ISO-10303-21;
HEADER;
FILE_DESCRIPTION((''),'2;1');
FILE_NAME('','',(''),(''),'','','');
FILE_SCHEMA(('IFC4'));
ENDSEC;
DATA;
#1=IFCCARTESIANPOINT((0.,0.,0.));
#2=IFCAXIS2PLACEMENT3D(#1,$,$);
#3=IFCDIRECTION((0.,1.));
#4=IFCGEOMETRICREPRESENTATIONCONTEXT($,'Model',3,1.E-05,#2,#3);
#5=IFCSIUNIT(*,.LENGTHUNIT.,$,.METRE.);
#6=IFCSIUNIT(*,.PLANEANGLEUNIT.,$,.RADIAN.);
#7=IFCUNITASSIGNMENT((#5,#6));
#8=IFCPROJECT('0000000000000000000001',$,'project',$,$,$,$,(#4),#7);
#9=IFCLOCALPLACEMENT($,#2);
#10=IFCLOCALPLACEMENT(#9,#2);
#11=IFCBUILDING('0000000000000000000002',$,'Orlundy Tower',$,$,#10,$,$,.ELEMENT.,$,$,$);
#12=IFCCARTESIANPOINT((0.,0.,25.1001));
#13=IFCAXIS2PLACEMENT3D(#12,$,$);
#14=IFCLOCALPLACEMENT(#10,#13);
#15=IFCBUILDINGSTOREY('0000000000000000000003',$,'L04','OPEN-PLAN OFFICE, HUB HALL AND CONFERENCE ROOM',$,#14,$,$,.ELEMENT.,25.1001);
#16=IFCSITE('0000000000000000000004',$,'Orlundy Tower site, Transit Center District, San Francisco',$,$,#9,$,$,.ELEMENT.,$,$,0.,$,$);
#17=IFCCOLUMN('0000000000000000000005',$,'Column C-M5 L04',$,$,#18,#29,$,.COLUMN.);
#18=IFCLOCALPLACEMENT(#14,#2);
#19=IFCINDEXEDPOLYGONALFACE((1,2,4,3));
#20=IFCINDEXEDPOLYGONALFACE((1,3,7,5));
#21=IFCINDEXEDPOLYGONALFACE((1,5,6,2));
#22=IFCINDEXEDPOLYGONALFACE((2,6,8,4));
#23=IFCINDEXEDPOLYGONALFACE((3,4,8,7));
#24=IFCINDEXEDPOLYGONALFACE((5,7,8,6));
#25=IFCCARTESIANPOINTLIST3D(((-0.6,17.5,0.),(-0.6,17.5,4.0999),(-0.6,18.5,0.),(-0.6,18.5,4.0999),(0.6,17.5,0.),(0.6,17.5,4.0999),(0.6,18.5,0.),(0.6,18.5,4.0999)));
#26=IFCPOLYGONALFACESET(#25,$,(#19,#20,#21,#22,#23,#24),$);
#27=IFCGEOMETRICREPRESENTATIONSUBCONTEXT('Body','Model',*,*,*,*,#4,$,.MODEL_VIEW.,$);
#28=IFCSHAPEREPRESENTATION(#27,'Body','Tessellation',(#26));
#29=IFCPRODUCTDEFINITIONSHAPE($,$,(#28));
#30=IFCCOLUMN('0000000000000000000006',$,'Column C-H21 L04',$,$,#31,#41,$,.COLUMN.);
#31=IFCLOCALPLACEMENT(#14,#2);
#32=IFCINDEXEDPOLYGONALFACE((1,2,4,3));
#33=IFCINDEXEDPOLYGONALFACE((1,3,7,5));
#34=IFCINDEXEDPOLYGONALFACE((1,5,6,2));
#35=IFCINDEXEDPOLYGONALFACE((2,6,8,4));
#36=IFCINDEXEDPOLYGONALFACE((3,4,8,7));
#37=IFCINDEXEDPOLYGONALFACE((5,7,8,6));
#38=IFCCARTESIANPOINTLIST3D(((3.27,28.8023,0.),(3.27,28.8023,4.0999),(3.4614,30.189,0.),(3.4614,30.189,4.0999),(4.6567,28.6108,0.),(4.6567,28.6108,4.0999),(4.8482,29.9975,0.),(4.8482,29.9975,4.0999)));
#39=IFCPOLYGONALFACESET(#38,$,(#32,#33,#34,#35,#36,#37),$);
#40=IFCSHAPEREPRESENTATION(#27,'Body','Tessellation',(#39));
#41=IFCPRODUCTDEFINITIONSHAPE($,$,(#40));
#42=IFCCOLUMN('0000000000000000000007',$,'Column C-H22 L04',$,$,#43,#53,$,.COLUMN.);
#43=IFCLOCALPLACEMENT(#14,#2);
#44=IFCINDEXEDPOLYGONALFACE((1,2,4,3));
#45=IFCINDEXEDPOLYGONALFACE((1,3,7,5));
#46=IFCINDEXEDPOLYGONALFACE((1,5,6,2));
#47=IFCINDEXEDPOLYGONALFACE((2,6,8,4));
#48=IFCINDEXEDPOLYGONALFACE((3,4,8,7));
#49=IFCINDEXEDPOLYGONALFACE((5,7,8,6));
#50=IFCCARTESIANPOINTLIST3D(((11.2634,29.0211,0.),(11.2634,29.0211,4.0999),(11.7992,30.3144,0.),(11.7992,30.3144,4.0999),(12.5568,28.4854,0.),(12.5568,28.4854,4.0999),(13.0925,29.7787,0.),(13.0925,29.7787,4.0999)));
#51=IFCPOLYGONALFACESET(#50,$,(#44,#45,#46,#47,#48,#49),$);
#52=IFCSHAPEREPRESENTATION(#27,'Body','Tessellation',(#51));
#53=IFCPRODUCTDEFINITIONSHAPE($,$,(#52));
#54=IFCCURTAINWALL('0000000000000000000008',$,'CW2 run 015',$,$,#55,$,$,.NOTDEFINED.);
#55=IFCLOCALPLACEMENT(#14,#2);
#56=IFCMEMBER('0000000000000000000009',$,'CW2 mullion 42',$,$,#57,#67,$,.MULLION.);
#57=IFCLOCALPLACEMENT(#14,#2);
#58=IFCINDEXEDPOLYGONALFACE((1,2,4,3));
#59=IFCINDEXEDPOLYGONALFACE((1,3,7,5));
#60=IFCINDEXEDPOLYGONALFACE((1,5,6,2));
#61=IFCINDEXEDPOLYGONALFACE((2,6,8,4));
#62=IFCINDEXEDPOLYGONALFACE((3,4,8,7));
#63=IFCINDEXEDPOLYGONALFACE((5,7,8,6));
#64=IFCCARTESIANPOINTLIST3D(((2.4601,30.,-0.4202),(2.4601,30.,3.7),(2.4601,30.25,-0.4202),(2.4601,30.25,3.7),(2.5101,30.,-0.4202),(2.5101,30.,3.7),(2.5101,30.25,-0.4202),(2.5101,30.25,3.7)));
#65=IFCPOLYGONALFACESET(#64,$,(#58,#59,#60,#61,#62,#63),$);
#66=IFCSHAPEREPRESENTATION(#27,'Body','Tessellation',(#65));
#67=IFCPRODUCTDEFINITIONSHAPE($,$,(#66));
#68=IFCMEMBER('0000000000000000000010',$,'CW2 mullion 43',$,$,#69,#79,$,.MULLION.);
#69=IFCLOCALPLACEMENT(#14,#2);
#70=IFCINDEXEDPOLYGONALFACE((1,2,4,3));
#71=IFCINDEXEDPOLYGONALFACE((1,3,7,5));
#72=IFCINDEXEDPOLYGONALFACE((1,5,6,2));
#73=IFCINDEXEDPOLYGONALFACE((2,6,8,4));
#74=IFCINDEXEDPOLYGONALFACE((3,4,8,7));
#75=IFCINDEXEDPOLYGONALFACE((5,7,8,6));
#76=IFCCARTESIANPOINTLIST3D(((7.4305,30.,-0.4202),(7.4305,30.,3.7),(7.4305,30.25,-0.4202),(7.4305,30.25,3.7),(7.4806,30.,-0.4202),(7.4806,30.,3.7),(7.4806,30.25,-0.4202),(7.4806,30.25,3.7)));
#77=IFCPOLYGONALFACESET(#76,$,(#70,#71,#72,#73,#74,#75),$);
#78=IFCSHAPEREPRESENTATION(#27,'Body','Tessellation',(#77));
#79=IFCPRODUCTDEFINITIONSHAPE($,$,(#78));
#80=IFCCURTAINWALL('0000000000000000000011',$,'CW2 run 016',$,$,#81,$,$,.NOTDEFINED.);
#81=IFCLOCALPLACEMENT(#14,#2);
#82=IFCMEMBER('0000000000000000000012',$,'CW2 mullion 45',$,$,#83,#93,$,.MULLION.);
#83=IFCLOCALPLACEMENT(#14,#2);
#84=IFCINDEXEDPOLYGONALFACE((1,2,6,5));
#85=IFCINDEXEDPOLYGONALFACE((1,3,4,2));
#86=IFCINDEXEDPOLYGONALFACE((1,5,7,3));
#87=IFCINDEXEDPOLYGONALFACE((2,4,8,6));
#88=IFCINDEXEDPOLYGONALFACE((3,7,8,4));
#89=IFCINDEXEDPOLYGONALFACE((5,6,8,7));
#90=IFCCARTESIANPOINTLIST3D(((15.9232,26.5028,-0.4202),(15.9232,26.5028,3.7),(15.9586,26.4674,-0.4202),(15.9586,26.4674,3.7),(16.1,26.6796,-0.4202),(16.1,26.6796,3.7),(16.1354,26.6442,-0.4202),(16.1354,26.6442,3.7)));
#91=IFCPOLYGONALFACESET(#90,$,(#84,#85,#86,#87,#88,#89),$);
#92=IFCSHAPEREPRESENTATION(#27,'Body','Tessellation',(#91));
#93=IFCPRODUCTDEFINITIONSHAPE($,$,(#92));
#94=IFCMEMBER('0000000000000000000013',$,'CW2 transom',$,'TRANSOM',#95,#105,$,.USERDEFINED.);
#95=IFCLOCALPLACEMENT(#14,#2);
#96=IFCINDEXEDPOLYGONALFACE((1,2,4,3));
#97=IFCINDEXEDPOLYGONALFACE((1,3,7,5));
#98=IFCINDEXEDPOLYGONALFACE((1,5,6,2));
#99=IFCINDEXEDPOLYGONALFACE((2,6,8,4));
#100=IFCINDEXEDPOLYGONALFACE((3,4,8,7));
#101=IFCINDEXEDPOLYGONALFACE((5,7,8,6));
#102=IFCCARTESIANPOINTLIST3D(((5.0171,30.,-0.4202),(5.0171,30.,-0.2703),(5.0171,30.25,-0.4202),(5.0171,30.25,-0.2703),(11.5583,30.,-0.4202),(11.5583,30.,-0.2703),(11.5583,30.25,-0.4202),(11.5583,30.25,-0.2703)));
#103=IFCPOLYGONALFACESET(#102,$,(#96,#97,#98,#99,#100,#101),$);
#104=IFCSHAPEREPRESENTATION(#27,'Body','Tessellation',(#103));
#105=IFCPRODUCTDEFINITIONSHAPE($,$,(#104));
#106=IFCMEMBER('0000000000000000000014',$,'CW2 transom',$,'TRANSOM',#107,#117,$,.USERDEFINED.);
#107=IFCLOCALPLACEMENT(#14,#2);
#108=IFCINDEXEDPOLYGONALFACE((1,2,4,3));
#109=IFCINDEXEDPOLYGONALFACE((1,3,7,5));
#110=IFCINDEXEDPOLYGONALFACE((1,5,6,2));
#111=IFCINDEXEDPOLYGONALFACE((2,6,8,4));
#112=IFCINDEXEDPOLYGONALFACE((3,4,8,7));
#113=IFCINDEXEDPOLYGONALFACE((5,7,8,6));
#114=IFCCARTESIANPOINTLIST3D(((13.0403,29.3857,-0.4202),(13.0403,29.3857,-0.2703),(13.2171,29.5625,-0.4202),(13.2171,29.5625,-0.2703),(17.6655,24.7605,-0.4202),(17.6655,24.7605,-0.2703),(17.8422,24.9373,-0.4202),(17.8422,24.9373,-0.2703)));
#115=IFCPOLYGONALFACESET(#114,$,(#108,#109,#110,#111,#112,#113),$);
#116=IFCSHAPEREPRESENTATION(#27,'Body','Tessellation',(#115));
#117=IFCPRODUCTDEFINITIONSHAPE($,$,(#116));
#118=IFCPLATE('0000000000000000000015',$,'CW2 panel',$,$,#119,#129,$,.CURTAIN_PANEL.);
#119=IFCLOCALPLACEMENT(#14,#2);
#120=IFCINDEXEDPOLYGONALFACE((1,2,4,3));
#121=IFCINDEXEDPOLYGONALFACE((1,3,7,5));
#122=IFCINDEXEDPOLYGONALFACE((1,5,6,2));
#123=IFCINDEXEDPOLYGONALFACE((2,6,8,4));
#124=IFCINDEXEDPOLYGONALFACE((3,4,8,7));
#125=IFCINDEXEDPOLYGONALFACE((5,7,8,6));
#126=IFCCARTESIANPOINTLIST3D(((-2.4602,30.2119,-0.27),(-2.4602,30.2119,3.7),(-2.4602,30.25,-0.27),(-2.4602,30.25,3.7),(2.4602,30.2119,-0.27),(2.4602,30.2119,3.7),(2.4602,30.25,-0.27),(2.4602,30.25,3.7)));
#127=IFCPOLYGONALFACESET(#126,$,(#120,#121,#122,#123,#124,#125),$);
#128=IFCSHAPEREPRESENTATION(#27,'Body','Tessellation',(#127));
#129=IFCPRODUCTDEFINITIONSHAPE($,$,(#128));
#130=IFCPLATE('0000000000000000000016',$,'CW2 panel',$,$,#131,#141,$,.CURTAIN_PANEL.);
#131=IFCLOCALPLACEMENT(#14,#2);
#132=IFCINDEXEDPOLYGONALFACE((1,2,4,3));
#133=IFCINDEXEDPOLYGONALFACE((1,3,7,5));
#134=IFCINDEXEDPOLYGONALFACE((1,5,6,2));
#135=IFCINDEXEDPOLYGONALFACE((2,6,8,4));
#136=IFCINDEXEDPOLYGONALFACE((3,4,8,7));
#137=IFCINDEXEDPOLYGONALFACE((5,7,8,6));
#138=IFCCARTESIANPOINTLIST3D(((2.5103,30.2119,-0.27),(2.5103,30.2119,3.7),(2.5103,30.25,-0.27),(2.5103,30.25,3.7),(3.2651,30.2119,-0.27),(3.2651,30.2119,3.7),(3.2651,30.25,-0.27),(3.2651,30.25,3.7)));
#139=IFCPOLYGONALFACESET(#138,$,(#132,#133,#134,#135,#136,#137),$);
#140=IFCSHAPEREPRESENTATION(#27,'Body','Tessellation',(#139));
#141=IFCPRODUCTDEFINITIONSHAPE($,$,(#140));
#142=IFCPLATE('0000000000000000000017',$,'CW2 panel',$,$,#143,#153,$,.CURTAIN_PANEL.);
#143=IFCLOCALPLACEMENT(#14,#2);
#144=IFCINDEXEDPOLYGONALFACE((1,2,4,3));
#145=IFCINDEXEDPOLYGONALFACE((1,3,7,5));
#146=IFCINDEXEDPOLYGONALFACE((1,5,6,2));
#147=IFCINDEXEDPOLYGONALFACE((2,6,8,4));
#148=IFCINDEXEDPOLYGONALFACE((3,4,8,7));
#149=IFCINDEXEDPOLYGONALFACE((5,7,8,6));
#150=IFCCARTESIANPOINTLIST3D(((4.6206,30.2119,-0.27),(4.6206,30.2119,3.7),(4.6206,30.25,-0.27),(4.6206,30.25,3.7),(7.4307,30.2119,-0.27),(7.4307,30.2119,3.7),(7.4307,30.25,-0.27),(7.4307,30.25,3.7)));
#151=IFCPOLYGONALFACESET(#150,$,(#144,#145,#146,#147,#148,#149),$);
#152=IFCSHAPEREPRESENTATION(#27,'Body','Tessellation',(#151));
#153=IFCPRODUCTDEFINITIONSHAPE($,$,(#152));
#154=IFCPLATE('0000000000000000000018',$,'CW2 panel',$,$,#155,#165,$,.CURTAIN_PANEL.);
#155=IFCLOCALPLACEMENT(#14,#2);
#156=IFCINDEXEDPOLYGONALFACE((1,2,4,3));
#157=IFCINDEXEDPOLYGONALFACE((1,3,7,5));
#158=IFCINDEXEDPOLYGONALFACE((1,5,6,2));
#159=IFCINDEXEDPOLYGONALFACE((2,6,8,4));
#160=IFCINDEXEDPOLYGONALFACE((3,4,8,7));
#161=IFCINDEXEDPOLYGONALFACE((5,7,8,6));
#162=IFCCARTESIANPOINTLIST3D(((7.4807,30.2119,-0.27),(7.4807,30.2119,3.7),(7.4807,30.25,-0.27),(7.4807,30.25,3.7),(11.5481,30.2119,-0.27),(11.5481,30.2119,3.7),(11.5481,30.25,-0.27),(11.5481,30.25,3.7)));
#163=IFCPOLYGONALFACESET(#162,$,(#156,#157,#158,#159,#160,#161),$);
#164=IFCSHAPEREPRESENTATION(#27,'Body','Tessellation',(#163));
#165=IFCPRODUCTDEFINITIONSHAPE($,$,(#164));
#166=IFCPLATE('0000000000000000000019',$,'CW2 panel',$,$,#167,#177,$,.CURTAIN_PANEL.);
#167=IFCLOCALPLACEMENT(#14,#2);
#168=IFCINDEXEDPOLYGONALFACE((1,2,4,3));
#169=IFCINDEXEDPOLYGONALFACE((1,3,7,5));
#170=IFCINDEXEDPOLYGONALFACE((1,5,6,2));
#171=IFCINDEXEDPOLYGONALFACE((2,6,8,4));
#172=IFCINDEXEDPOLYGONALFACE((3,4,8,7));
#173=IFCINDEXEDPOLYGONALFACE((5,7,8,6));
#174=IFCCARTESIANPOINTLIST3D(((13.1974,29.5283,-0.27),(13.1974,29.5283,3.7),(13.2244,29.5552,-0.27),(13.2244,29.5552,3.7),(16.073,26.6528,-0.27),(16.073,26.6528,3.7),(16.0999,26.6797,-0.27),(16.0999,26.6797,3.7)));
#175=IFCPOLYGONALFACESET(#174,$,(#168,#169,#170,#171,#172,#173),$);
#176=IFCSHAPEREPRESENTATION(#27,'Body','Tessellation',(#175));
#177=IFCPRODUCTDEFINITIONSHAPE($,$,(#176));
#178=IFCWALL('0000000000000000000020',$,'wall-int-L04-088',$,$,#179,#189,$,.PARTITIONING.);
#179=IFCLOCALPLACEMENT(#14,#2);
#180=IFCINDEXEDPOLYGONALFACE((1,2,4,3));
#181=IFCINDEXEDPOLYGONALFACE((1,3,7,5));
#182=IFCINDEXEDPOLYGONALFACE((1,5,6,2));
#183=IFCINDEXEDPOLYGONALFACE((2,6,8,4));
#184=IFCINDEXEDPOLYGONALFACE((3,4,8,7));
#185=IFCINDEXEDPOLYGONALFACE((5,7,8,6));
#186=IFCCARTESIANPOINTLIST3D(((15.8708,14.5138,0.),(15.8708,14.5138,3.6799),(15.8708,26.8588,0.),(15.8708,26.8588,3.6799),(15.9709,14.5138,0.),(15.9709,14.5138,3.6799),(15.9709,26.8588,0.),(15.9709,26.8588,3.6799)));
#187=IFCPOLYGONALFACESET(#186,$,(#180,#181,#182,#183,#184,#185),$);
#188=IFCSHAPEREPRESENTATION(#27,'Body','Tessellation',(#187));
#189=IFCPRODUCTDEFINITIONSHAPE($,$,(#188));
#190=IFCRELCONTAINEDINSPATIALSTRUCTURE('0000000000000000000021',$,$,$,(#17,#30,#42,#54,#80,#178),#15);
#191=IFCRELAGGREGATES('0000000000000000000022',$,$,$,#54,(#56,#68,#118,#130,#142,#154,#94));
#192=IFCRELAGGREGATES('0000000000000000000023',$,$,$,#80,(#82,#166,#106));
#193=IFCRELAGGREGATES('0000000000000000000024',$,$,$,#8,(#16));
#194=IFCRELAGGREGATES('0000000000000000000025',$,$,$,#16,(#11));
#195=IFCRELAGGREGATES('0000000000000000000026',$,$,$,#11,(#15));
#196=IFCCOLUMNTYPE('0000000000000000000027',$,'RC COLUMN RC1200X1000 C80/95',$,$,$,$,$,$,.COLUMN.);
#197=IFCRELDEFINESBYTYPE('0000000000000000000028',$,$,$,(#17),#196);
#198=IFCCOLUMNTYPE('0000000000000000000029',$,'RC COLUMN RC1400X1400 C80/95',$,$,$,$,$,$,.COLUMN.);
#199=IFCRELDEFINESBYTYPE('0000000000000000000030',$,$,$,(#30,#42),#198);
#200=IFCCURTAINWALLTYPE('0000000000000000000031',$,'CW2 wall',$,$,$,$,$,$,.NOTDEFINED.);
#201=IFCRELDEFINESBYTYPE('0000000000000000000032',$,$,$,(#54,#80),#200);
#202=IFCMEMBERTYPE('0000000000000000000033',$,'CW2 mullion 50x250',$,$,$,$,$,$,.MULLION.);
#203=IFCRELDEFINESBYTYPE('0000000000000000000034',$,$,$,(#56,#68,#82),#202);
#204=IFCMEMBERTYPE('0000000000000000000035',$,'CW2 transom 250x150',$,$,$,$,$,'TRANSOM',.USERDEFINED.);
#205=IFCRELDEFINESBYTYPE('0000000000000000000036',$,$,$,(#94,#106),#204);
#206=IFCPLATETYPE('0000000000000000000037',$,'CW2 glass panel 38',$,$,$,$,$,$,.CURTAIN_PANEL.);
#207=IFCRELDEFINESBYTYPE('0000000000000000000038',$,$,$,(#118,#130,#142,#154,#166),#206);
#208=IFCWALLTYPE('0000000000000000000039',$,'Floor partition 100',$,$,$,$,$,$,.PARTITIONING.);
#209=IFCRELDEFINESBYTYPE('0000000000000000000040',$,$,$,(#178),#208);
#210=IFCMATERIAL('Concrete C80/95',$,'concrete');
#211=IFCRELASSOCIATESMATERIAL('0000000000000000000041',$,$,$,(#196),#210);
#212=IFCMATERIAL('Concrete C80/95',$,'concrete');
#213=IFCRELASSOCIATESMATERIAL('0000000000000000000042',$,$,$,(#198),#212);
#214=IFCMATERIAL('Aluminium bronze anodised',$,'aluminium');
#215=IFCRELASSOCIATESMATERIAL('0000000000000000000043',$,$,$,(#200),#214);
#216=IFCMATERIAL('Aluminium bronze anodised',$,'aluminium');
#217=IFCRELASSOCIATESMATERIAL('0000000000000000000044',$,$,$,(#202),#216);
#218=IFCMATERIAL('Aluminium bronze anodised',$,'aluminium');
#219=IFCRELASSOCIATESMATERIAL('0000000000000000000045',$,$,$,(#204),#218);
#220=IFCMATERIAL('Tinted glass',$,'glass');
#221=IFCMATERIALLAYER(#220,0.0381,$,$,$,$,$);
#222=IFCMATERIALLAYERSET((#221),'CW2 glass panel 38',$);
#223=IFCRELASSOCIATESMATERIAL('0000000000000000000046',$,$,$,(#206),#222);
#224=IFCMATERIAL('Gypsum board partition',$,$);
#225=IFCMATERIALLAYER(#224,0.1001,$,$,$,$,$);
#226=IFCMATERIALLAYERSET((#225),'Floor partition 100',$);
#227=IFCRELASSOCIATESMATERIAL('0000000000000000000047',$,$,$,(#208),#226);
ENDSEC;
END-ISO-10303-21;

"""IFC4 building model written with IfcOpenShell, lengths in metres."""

from ifc_helpers import new_model, si_unit, direction, frame, frame_2d, origin, origin_2d, place, context, subcontext, project, spatial, rectangle, extrude, material, layer, layer_set, material_profile, profile_set, type_object, element, aggregate, save


model = new_model("IFC4")

# Units and contexts
model_context = context("Model", 3, precision=1e-05, world=origin(), true_north=direction((0.0, 1.0)))
body_context = subcontext(model_context, "Body", "Model", "MODEL_VIEW")
ifc_project = project(units=[si_unit("LENGTHUNIT", "METRE"), si_unit("PLANEANGLEUNIT", "RADIAN")], contexts=[model_context])

# Site, building, storey
site_placement = place(None, origin())
site = spatial("IfcSite", under=ifc_project, at=site_placement, Name="Orlundy Tower site, Transit Center District, San Francisco", CompositionType="ELEMENT", RefElevation=0.0)
building_placement = place(site_placement, origin())
building = spatial("IfcBuilding", under=site, at=building_placement, Name="Orlundy Tower", CompositionType="ELEMENT")
storey_placement = place(building_placement, frame((0.0, 0.0, 25.1001)))
storey = spatial("IfcBuildingStorey", under=building, at=storey_placement, Name="L04", Description="OPEN-PLAN OFFICE, HUB HALL AND CONFERENCE ROOM", CompositionType="ELEMENT", Elevation=25.1001)

# Columns
ifc_material_1 = material(Name="Concrete C80/95", Category="concrete")
ifc_material_profile_1 = material_profile(ifc_material_1, rectangle(XDim=1.2, YDim=1.0, at=origin_2d()), Name="RC1200X1000")
ifc_profile_set_1 = profile_set([ifc_material_profile_1], Name="Concrete C80/95")
column_type_1 = type_object("IfcColumnType", Name="RC COLUMN RC1200X1000 C80/95", PredefinedType="COLUMN", material=ifc_profile_set_1)
column_placement = place(storey_placement, frame((0.0, 18.0, 0.0), z_axis=(0.0, 0.0, 1.0), x_axis=(1.0, 0.0, 0.0)))
element("IfcColumn", 1, at=column_placement, inside=storey, type_object=column_type_1, Name="Column C-M5 L04", PredefinedType="COLUMN", context=body_context, shape_type="SweptSolid", body=[
    extrude(rectangle(XDim=1.2, YDim=1.0, at=origin_2d()), origin(), (0.0, 0.0, 1.0), 4.0999),
])
ifc_material_2 = material(Name="Concrete C80/95", Category="concrete")
ifc_material_profile_2 = material_profile(ifc_material_2, rectangle(XDim=1.3999, YDim=1.3999, at=origin_2d()), Name="RC1400X1400")
ifc_profile_set_2 = profile_set([ifc_material_profile_2], Name="Concrete C80/95")
column_type_2 = type_object("IfcColumnType", Name="RC COLUMN RC1400X1400 C80/95", PredefinedType="COLUMN", material=ifc_profile_set_2)
for number, where, z_axis, x_axis, name in (
    (2, (4.0591, 29.3999, 0.0), (0.0, 0.0, 1.0), (0.13677, 0.990603, 0.0), "Column C-H21 L04"),
    (3, (12.178, 29.3999, 0.0), (0.0, 0.0, 1.0), (0.382683, 0.92388, 0.0), "Column C-H22 L04"),
):
    element("IfcColumn", number, at=place(storey_placement, frame(where, z_axis=z_axis, x_axis=x_axis)), inside=storey, type_object=column_type_2, Name=name, PredefinedType="COLUMN", context=body_context, shape_type="SweptSolid", body=[
        extrude(rectangle(XDim=1.3999, YDim=1.3999, at=origin_2d()), origin(), (0.0, 0.0, 1.0), 4.0999),
    ])

# Curtain wall, members
ifc_material_3 = material(Name="Aluminium bronze anodised", Category="aluminium")
curtain_wall_type = type_object("IfcCurtainWallType", Name="CW2 wall", PredefinedType="NOTDEFINED", material=ifc_material_3)
curtain_wall_1_placement = place(storey_placement, origin())
curtain_wall_1 = element("IfcCurtainWall", 4, at=curtain_wall_1_placement, inside=storey, type_object=curtain_wall_type, Name="CW2 run 015", PredefinedType="NOTDEFINED")
ifc_material_4 = material(Name="Aluminium bronze anodised", Category="aluminium")
ifc_material_profile_3 = material_profile(ifc_material_4, rectangle(XDim=0.25, YDim=0.05, at=origin_2d()), Name="CW2 mullion 50x250")
ifc_profile_set_3 = profile_set([ifc_material_profile_3], Name="Aluminium bronze anodised")
member_type_1 = type_object("IfcMemberType", Name="CW2 mullion 50x250", PredefinedType="MULLION", material=ifc_profile_set_3)
member_1_placement = place(storey_placement, frame((2.4851, 30.125, -0.4202), z_axis=(0.0, 0.0, 1.0), x_axis=(0.0, 1.0, 0.0)))
member_1 = element("IfcMember", 5, at=member_1_placement, type_object=member_type_1, Name="CW2 mullion 42", PredefinedType="MULLION", context=body_context, shape_type="SweptSolid", body=[
    extrude(rectangle(XDim=0.25, YDim=0.05, at=origin_2d()), origin(), (0.0, 0.0, 1.0), 4.1201),
])
member_2_placement = place(storey_placement, frame((7.4556, 30.125, -0.4202), z_axis=(0.0, 0.0, 1.0), x_axis=(0.0, 1.0, 0.0)))
member_2 = element("IfcMember", 6, at=member_2_placement, type_object=member_type_1, Name="CW2 mullion 43", PredefinedType="MULLION", context=body_context, shape_type="SweptSolid", body=[
    extrude(rectangle(XDim=0.25, YDim=0.05, at=origin_2d()), origin(), (0.0, 0.0, 1.0), 4.1201),
])

# Curtain wall, member
curtain_wall_2_placement = place(storey_placement, origin())
curtain_wall_2 = element("IfcCurtainWall", 7, at=curtain_wall_2_placement, inside=storey, type_object=curtain_wall_type, Name="CW2 run 016", PredefinedType="NOTDEFINED")
member_3_placement = place(storey_placement, frame((16.0293, 26.5735, -0.4202), z_axis=(0.0, 0.0, 1.0), x_axis=(0.707107, 0.707107, 0.0)))
member_3 = element("IfcMember", 8, at=member_3_placement, type_object=member_type_1, Name="CW2 mullion 45", PredefinedType="MULLION", context=body_context, shape_type="SweptSolid", body=[
    extrude(rectangle(XDim=0.25, YDim=0.05, at=origin_2d()), origin(), (0.0, 0.0, 1.0), 4.1201),
])

# Members
ifc_material_5 = material(Name="Aluminium bronze anodised", Category="aluminium")
ifc_material_profile_4 = material_profile(ifc_material_5, rectangle(XDim=0.25, YDim=0.1499, at=origin_2d()), Name="CW2 transom 250x150")
ifc_profile_set_4 = profile_set([ifc_material_profile_4], Name="Aluminium bronze anodised")
member_type_2 = type_object("IfcMemberType", Name="CW2 transom 250x150", ElementType="TRANSOM", PredefinedType="USERDEFINED", material=ifc_profile_set_4)
member_4_placement = place(storey_placement, frame((5.0171, 30.125, -0.3452), z_axis=(1.0, 0.0, 0.0), x_axis=(0.0, 1.0, 0.0)))
member_4 = element("IfcMember", 9, at=member_4_placement, type_object=member_type_2, Name="CW2 transom", ObjectType="TRANSOM", PredefinedType="USERDEFINED", context=body_context, shape_type="SweptSolid", body=[
    extrude(rectangle(XDim=0.25, YDim=0.1499, at=origin_2d()), origin(), (0.0, 0.0, 1.0), 6.5413),
])
member_5_placement = place(storey_placement, frame((13.1287, 29.4741, -0.3452), z_axis=(0.707107, -0.707107, 0.0), x_axis=(0.707107, 0.707107, 0.0)))
member_5 = element("IfcMember", 10, at=member_5_placement, type_object=member_type_2, Name="CW2 transom", ObjectType="TRANSOM", PredefinedType="USERDEFINED", context=body_context, shape_type="SweptSolid", body=[
    extrude(rectangle(XDim=0.25, YDim=0.1499, at=origin_2d()), origin(), (0.0, 0.0, 1.0), 6.541),
])

# Plates
ifc_material_6 = material(Name="Tinted glass", Category="glass")
ifc_layer_1 = layer(ifc_material_6, 0.0381)
ifc_layer_set_1 = layer_set([ifc_layer_1], Name="CW2 glass panel 38")
plate_type = type_object("IfcPlateType", Name="CW2 glass panel 38", PredefinedType="CURTAIN_PANEL", material=ifc_layer_set_1)
plate_1_placement = place(storey_placement, frame((0.0, 30.231, -0.27), z_axis=(0.0, 0.0, 1.0), x_axis=(1.0, 0.0, 0.0)))
plate_1 = element("IfcPlate", 11, at=plate_1_placement, type_object=plate_type, Name="CW2 panel", PredefinedType="CURTAIN_PANEL", context=body_context, shape_type="SweptSolid", body=[
    extrude(rectangle(XDim=4.9204, YDim=0.0381, at=origin_2d()), origin(), (0.0, 0.0, 1.0), 3.97),
])
plate_2_placement = place(storey_placement, frame((2.8877, 30.231, -0.27), z_axis=(0.0, 0.0, 1.0), x_axis=(1.0, 0.0, 0.0)))
plate_2 = element("IfcPlate", 12, at=plate_2_placement, type_object=plate_type, Name="CW2 panel", PredefinedType="CURTAIN_PANEL", context=body_context, shape_type="SweptSolid", body=[
    extrude(rectangle(XDim=0.7549, YDim=0.0381, at=origin_2d()), origin(), (0.0, 0.0, 1.0), 3.97),
])
plate_3_placement = place(storey_placement, frame((6.0256, 30.231, -0.27), z_axis=(0.0, 0.0, 1.0), x_axis=(1.0, 0.0, 0.0)))
plate_3 = element("IfcPlate", 13, at=plate_3_placement, type_object=plate_type, Name="CW2 panel", PredefinedType="CURTAIN_PANEL", context=body_context, shape_type="SweptSolid", body=[
    extrude(rectangle(XDim=2.8101, YDim=0.0381, at=origin_2d()), origin(), (0.0, 0.0, 1.0), 3.97),
])
plate_4_placement = place(storey_placement, frame((9.5144, 30.231, -0.27), z_axis=(0.0, 0.0, 1.0), x_axis=(1.0, 0.0, 0.0)))
plate_4 = element("IfcPlate", 14, at=plate_4_placement, type_object=plate_type, Name="CW2 panel", PredefinedType="CURTAIN_PANEL", context=body_context, shape_type="SweptSolid", body=[
    extrude(rectangle(XDim=4.0674, YDim=0.0381, at=origin_2d()), origin(), (0.0, 0.0, 1.0), 3.97),
])
aggregate(curtain_wall_1, [member_1, member_2, plate_1, plate_2, plate_3, plate_4, member_4])
plate_5_placement = place(storey_placement, frame((14.6487, 28.104, -0.27), z_axis=(0.0, 0.0, 1.0), x_axis=(0.707107, -0.707107, 0.0)))
plate_5 = element("IfcPlate", 15, at=plate_5_placement, type_object=plate_type, Name="CW2 panel", PredefinedType="CURTAIN_PANEL", context=body_context, shape_type="SweptSolid", body=[
    extrude(rectangle(XDim=4.0667, YDim=0.0381, at=origin_2d()), origin(), (0.0, 0.0, 1.0), 3.97),
])
aggregate(curtain_wall_2, [member_3, plate_5, member_5])

# Wall
ifc_material_7 = material(Name="Gypsum board partition")
ifc_layer_2 = layer(ifc_material_7, 0.1001)
ifc_layer_set_2 = layer_set([ifc_layer_2], Name="Floor partition 100")
wall_type = type_object("IfcWallType", Name="Floor partition 100", PredefinedType="PARTITIONING", material=ifc_layer_set_2)
wall_placement = place(storey_placement, frame((15.9209, 14.5139, 0.0), z_axis=(0.0, 0.0, 1.0), x_axis=(0.0, 1.0, 0.0)))
element("IfcWall", 16, at=wall_placement, inside=storey, type_object=wall_type, Name="wall-int-L04-088", PredefinedType="PARTITIONING", context=body_context, shape_type="SweptSolid", body=[
    extrude(rectangle(XDim=12.345, YDim=0.1001, at=frame_2d((6.1724, 0.0))), origin(), (0.0, 0.0, 1.0), 3.6799),
])

save(model, "model.ifc")
